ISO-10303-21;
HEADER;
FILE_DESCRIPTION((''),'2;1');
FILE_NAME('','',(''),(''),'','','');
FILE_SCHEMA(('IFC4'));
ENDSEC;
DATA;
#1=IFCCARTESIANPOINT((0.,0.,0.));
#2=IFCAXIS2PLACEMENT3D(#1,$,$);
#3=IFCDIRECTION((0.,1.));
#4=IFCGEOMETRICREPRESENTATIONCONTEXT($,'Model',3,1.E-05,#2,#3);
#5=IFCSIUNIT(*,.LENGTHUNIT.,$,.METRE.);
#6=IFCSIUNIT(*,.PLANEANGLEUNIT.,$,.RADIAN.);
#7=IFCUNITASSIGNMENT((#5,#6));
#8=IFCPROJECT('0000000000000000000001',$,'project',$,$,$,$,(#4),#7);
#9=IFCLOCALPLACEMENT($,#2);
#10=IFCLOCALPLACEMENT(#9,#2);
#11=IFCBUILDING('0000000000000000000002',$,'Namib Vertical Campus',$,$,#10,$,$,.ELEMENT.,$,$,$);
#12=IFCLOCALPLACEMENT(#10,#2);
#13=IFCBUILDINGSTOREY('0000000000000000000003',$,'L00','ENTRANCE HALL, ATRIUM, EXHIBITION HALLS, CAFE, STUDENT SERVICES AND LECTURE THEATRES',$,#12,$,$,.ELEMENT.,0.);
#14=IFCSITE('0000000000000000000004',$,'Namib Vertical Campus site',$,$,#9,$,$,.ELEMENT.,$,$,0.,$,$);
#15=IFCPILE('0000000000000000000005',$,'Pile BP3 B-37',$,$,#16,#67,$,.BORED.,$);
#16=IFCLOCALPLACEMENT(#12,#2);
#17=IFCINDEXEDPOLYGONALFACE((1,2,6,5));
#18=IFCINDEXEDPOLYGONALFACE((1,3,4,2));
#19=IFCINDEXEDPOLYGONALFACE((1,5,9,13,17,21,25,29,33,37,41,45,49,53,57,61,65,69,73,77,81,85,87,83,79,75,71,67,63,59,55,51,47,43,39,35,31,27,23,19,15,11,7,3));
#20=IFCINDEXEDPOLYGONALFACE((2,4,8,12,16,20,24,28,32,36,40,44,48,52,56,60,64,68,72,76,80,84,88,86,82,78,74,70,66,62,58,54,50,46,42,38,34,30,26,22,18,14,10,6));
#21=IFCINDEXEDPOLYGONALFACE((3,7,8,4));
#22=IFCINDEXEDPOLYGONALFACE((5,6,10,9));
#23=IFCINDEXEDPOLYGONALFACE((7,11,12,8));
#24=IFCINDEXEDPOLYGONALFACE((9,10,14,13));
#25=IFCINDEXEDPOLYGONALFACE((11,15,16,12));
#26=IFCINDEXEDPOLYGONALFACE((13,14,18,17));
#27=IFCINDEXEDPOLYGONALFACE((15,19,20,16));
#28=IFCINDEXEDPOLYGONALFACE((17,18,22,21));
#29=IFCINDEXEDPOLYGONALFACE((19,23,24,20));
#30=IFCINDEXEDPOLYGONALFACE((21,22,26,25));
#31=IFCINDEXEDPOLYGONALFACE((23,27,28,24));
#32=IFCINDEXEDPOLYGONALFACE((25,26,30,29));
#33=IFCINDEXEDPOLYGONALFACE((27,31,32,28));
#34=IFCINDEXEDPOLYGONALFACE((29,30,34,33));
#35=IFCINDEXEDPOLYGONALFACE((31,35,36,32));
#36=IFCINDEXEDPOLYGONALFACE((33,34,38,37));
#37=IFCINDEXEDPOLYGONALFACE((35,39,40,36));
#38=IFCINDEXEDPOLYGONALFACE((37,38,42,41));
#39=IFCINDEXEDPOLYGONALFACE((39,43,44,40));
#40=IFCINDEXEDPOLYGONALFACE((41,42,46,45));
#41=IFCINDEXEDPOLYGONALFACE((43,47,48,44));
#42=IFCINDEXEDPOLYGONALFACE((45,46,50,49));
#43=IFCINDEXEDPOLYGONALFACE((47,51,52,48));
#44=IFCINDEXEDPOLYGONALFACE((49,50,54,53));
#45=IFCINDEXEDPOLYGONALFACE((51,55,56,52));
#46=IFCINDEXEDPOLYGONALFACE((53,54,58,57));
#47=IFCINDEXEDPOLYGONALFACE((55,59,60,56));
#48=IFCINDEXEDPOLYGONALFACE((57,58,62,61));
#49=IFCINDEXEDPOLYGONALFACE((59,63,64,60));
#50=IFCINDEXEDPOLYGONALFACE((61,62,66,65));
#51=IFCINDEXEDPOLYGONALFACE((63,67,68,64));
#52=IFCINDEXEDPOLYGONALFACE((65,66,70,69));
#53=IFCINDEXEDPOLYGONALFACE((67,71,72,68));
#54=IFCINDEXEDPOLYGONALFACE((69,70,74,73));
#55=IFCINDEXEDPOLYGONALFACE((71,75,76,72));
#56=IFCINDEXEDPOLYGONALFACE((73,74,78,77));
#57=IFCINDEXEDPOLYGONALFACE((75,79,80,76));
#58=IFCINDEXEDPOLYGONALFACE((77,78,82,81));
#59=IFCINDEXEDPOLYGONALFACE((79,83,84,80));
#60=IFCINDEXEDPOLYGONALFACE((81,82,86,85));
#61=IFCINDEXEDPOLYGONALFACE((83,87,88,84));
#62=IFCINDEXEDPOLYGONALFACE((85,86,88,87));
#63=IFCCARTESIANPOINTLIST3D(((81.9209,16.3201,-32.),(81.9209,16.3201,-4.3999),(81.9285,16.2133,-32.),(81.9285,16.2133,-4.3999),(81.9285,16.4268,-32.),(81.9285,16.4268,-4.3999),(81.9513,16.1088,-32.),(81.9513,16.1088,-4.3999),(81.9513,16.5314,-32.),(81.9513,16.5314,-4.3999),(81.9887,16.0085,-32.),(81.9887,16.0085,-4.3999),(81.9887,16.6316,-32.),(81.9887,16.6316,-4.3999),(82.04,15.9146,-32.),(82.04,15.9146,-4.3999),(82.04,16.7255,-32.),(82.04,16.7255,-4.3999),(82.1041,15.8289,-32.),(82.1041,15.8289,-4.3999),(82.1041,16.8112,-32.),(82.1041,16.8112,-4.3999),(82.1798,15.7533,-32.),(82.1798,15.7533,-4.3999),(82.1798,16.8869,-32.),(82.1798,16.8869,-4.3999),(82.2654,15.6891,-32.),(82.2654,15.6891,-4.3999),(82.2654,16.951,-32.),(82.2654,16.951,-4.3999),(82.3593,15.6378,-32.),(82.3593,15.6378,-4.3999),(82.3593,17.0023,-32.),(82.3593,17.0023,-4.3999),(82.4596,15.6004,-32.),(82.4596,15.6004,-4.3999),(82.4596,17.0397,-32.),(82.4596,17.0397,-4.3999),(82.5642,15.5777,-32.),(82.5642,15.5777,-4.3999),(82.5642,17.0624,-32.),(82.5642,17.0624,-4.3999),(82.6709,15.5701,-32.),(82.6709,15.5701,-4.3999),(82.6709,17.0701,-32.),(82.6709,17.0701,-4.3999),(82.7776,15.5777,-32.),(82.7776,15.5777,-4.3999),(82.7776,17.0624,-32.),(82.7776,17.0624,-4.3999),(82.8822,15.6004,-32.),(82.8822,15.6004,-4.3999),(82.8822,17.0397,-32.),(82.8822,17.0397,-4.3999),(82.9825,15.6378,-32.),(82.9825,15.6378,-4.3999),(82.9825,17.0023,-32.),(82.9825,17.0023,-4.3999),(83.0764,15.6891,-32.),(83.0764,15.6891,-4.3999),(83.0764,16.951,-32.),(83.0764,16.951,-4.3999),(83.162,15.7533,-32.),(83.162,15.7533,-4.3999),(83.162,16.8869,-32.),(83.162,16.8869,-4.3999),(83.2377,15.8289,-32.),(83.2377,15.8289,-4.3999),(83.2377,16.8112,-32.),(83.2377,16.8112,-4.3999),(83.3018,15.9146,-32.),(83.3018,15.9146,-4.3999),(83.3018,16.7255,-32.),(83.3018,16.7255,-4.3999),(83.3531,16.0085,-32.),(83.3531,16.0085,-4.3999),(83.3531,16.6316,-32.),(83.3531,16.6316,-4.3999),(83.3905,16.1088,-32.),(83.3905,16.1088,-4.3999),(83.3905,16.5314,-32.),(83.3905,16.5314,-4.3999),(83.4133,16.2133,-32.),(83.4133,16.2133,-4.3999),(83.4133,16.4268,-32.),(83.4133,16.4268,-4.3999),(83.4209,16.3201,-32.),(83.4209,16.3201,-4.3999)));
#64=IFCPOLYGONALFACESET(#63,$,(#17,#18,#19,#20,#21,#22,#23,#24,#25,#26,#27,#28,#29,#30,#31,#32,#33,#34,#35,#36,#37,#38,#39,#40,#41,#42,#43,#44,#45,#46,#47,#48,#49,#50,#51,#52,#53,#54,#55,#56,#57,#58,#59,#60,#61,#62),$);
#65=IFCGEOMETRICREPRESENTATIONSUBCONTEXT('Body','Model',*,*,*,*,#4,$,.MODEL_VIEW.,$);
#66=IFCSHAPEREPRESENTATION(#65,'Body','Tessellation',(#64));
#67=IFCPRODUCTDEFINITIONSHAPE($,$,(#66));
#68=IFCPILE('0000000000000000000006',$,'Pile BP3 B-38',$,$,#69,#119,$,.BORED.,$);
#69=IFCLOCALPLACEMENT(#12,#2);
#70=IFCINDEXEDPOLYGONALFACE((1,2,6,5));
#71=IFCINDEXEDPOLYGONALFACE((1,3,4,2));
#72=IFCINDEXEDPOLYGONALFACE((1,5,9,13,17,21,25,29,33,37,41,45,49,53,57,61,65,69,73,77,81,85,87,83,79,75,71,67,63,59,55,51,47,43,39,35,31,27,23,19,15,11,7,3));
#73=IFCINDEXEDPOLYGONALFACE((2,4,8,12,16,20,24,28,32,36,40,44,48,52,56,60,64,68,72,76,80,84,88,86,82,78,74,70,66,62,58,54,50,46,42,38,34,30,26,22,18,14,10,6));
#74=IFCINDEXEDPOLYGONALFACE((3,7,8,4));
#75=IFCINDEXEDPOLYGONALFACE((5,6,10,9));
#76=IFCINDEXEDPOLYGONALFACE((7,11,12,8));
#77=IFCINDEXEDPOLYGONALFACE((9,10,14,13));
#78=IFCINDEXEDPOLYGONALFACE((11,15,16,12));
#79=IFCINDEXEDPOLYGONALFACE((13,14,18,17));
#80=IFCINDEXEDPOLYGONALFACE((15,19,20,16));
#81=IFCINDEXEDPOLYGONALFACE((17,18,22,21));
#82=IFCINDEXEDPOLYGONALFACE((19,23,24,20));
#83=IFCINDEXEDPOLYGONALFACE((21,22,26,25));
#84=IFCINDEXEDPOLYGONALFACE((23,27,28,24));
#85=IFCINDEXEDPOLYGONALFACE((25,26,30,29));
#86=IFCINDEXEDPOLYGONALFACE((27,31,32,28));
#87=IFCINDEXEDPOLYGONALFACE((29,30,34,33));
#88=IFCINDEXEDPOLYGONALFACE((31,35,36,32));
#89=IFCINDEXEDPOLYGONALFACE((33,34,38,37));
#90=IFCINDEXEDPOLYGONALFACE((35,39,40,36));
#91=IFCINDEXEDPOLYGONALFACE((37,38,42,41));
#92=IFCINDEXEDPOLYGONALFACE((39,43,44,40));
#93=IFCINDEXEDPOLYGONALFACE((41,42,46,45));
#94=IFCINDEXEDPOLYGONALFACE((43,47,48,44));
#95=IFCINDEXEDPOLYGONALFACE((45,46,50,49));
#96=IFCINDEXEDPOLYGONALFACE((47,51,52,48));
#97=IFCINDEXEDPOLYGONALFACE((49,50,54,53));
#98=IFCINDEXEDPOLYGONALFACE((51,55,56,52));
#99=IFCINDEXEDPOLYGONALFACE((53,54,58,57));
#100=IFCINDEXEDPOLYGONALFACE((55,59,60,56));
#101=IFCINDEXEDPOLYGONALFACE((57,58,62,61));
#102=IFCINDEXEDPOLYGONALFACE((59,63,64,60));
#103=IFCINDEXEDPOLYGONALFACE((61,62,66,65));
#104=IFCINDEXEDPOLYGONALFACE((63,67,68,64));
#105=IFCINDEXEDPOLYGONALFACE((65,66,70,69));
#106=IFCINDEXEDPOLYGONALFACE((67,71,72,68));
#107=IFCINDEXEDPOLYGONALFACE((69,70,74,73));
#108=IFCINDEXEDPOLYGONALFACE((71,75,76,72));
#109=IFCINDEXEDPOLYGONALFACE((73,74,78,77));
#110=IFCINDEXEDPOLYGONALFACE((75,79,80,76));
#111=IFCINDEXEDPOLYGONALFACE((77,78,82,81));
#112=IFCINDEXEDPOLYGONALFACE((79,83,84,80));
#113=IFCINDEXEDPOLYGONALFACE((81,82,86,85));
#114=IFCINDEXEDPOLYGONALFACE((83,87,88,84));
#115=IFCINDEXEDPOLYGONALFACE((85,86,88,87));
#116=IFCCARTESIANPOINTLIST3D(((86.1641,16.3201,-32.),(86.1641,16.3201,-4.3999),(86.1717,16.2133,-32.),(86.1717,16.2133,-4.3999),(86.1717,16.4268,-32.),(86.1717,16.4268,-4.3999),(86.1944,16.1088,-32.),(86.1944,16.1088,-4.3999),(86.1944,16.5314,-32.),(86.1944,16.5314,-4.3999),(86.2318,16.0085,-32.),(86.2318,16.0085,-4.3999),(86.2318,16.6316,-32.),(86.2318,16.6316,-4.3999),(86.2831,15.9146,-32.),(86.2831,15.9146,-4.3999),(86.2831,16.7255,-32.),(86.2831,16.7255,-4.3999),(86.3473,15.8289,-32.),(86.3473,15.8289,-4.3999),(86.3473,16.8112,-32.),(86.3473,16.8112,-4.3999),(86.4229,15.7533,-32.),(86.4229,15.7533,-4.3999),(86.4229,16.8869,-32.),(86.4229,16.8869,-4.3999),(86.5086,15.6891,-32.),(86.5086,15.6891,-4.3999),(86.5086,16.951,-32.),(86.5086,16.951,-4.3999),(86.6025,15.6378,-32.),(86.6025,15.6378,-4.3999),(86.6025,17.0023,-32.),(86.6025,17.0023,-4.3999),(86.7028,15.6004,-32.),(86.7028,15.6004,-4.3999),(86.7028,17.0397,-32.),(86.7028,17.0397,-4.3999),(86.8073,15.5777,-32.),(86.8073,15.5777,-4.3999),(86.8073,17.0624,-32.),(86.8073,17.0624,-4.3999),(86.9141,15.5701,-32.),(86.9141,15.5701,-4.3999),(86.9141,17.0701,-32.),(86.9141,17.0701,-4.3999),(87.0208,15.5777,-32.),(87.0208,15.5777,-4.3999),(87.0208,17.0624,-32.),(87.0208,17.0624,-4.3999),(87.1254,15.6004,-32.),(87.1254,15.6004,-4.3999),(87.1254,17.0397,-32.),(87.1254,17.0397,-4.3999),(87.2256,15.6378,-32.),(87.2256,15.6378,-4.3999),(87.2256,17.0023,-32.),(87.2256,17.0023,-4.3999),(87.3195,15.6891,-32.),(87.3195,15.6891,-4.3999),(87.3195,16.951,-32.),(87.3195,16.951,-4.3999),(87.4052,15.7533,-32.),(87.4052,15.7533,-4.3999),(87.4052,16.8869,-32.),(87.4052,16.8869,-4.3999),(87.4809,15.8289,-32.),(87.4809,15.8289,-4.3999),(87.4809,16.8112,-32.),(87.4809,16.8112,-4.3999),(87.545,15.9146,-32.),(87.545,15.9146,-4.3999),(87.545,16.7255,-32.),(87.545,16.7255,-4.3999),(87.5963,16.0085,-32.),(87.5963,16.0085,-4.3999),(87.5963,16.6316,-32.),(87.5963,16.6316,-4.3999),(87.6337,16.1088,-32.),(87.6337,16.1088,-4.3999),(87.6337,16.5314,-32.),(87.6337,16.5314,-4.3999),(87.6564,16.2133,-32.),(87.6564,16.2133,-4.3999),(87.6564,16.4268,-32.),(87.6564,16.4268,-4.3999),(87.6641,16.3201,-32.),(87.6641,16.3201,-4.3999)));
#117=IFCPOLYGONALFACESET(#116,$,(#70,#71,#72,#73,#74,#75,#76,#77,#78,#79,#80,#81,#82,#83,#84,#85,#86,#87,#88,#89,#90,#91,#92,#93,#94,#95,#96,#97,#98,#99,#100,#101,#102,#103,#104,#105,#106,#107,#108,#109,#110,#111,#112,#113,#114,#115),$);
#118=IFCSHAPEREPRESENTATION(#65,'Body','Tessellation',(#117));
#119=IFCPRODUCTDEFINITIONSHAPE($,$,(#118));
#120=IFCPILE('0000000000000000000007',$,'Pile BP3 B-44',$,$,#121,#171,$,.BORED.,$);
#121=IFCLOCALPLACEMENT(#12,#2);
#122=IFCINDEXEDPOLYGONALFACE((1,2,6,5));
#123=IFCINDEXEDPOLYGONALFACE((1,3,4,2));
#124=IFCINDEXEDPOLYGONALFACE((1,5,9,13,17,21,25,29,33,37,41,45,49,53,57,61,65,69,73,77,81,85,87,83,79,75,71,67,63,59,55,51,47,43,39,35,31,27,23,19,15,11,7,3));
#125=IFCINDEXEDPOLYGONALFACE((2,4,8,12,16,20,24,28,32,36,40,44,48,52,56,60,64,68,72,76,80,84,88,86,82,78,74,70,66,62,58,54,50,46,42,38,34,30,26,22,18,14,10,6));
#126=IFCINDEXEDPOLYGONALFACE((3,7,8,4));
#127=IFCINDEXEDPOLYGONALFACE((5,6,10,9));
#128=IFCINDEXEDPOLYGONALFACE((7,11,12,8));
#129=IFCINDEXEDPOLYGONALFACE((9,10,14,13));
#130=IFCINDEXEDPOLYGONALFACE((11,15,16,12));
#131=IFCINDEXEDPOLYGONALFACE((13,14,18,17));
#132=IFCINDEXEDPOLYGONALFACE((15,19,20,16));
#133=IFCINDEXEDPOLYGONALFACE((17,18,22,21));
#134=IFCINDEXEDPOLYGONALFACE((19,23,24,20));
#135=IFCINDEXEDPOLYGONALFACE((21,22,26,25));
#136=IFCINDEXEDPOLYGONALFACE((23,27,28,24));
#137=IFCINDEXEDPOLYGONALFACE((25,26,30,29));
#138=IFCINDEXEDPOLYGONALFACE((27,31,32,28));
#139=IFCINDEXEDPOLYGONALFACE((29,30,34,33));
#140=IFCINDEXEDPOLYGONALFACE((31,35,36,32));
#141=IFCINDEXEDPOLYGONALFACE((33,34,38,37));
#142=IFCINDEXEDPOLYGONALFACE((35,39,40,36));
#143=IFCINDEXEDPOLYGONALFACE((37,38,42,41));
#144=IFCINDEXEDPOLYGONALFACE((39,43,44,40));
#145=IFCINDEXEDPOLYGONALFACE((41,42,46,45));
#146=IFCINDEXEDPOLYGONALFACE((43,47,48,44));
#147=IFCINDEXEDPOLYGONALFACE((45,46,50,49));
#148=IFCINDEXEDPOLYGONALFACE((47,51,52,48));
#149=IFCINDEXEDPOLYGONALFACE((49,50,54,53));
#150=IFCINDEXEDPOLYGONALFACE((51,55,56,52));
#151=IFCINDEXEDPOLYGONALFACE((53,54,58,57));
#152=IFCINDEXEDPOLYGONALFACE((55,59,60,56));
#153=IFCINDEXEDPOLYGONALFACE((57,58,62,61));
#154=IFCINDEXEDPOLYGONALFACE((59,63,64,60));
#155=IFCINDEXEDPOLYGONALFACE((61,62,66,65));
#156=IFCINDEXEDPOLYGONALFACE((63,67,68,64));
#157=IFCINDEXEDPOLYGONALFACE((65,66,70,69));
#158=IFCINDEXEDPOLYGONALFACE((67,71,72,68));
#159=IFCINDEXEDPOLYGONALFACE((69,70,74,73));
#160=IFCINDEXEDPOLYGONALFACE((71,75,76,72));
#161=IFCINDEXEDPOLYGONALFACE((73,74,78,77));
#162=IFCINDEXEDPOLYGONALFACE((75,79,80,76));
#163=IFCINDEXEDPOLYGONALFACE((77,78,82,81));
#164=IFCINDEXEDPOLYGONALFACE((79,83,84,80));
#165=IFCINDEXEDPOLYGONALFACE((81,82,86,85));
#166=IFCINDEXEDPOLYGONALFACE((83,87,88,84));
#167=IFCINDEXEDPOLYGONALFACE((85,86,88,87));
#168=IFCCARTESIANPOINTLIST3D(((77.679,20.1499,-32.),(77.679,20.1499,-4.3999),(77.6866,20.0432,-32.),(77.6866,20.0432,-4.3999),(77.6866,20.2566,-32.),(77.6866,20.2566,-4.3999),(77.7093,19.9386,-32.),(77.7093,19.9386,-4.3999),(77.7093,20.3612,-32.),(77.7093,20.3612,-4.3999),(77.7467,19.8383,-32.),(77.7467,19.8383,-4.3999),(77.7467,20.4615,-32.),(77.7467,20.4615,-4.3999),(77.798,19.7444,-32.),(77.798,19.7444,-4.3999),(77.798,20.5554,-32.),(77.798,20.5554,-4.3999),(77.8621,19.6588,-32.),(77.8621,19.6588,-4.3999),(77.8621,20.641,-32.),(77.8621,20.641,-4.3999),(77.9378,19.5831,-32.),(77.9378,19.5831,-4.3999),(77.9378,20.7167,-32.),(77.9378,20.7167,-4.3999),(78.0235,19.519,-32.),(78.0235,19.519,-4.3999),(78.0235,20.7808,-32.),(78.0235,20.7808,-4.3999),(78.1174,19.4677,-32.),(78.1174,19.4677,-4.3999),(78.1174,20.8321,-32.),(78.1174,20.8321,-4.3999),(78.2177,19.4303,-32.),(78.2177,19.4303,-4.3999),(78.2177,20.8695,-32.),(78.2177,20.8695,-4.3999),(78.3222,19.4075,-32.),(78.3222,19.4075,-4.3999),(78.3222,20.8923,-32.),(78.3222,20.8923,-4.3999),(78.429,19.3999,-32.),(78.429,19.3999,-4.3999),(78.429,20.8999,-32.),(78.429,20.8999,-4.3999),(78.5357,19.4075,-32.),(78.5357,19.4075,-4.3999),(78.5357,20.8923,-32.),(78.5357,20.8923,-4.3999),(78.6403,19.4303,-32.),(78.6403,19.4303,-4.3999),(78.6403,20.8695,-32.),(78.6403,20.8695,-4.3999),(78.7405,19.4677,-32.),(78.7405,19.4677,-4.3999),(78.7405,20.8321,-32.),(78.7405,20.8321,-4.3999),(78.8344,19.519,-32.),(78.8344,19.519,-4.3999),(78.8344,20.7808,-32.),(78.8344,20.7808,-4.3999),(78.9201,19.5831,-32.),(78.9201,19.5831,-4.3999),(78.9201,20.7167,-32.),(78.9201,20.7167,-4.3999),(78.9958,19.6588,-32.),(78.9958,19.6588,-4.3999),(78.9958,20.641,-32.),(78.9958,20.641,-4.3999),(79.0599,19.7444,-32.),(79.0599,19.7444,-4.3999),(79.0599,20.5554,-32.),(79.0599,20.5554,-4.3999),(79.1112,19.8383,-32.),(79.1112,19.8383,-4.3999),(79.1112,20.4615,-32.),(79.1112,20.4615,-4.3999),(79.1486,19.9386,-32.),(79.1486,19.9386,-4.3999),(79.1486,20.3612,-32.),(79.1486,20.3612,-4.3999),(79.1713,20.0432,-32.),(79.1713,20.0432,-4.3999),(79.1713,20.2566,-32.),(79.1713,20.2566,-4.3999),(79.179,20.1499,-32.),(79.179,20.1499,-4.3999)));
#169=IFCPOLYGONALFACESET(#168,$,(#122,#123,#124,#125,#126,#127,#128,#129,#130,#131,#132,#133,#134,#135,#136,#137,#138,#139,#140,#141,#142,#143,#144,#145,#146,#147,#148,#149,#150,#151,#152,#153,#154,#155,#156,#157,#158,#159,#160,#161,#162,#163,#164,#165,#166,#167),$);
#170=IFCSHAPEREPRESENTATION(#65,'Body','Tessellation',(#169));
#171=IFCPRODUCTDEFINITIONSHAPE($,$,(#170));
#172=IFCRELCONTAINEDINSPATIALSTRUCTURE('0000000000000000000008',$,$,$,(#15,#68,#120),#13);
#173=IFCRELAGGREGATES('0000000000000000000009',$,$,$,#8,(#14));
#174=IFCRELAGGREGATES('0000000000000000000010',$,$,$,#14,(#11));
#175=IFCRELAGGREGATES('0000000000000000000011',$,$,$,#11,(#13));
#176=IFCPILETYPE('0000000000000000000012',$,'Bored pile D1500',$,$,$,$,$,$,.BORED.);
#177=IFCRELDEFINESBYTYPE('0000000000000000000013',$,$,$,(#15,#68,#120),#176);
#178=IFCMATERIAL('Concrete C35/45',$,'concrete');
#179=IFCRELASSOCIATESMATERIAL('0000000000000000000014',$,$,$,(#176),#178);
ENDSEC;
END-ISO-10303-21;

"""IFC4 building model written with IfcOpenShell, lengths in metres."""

from ifc_helpers import new_model, si_unit, direction, frame, origin, origin_2d, place, context, subcontext, project, spatial, circle, extrude, material, material_profile, profile_set, type_object, element, save


model = new_model("IFC4")

# Units and contexts
model_context = context("Model", 3, precision=1e-05, world=origin(), true_north=direction((0.0, 1.0)))
body_context = subcontext(model_context, "Body", "Model", "MODEL_VIEW")
ifc_project = project(units=[si_unit("LENGTHUNIT", "METRE"), si_unit("PLANEANGLEUNIT", "RADIAN")], contexts=[model_context])

# Site, building, storey
site_placement = place(None, origin())
site = spatial("IfcSite", under=ifc_project, at=site_placement, Name="Namib Vertical Campus site", CompositionType="ELEMENT", RefElevation=0.0)
building_placement = place(site_placement, origin())
building = spatial("IfcBuilding", under=site, at=building_placement, Name="Namib Vertical Campus", CompositionType="ELEMENT")
storey_placement = place(building_placement, origin())
storey = spatial("IfcBuildingStorey", under=building, at=storey_placement, Name="L00", Description="ENTRANCE HALL, ATRIUM, EXHIBITION HALLS, CAFE, STUDENT SERVICES AND LECTURE THEATRES", CompositionType="ELEMENT", Elevation=0.0)

# Piles
ifc_material_1 = material(Name="Concrete C35/45", Category="concrete")
ifc_material_profile_1 = material_profile(ifc_material_1, circle(Radius=0.75, at=origin_2d()))
ifc_profile_set_1 = profile_set([ifc_material_profile_1], Name="Concrete C35/45")
pile_type = type_object("IfcPileType", Name="Bored pile D1500", PredefinedType="BORED", material=ifc_profile_set_1)
for number, where, z_axis, x_axis, name in (
    (1, (82.6709, 16.3201, -4.3999), (0.0, 0.0, -1.0), (1.0, 0.0, 0.0), "Pile BP3 B-37"),
    (2, (86.9141, 16.3201, -4.3999), (0.0, 0.0, -1.0), (1.0, 0.0, 0.0), "Pile BP3 B-38"),
    (3, (78.429, 20.1499, -4.3999), (0.0, 0.0, -1.0), (1.0, 0.0, 0.0), "Pile BP3 B-44"),
):
    element("IfcPile", number, at=place(storey_placement, frame(where, z_axis=z_axis, x_axis=x_axis)), inside=storey, type_object=pile_type, Name=name, PredefinedType="BORED", context=body_context, shape_type="SweptSolid", body=[
        extrude(circle(Radius=0.75, at=origin_2d()), origin(), (0.0, 0.0, 1.0), 27.6001),
    ])

save(model, "model.ifc")
